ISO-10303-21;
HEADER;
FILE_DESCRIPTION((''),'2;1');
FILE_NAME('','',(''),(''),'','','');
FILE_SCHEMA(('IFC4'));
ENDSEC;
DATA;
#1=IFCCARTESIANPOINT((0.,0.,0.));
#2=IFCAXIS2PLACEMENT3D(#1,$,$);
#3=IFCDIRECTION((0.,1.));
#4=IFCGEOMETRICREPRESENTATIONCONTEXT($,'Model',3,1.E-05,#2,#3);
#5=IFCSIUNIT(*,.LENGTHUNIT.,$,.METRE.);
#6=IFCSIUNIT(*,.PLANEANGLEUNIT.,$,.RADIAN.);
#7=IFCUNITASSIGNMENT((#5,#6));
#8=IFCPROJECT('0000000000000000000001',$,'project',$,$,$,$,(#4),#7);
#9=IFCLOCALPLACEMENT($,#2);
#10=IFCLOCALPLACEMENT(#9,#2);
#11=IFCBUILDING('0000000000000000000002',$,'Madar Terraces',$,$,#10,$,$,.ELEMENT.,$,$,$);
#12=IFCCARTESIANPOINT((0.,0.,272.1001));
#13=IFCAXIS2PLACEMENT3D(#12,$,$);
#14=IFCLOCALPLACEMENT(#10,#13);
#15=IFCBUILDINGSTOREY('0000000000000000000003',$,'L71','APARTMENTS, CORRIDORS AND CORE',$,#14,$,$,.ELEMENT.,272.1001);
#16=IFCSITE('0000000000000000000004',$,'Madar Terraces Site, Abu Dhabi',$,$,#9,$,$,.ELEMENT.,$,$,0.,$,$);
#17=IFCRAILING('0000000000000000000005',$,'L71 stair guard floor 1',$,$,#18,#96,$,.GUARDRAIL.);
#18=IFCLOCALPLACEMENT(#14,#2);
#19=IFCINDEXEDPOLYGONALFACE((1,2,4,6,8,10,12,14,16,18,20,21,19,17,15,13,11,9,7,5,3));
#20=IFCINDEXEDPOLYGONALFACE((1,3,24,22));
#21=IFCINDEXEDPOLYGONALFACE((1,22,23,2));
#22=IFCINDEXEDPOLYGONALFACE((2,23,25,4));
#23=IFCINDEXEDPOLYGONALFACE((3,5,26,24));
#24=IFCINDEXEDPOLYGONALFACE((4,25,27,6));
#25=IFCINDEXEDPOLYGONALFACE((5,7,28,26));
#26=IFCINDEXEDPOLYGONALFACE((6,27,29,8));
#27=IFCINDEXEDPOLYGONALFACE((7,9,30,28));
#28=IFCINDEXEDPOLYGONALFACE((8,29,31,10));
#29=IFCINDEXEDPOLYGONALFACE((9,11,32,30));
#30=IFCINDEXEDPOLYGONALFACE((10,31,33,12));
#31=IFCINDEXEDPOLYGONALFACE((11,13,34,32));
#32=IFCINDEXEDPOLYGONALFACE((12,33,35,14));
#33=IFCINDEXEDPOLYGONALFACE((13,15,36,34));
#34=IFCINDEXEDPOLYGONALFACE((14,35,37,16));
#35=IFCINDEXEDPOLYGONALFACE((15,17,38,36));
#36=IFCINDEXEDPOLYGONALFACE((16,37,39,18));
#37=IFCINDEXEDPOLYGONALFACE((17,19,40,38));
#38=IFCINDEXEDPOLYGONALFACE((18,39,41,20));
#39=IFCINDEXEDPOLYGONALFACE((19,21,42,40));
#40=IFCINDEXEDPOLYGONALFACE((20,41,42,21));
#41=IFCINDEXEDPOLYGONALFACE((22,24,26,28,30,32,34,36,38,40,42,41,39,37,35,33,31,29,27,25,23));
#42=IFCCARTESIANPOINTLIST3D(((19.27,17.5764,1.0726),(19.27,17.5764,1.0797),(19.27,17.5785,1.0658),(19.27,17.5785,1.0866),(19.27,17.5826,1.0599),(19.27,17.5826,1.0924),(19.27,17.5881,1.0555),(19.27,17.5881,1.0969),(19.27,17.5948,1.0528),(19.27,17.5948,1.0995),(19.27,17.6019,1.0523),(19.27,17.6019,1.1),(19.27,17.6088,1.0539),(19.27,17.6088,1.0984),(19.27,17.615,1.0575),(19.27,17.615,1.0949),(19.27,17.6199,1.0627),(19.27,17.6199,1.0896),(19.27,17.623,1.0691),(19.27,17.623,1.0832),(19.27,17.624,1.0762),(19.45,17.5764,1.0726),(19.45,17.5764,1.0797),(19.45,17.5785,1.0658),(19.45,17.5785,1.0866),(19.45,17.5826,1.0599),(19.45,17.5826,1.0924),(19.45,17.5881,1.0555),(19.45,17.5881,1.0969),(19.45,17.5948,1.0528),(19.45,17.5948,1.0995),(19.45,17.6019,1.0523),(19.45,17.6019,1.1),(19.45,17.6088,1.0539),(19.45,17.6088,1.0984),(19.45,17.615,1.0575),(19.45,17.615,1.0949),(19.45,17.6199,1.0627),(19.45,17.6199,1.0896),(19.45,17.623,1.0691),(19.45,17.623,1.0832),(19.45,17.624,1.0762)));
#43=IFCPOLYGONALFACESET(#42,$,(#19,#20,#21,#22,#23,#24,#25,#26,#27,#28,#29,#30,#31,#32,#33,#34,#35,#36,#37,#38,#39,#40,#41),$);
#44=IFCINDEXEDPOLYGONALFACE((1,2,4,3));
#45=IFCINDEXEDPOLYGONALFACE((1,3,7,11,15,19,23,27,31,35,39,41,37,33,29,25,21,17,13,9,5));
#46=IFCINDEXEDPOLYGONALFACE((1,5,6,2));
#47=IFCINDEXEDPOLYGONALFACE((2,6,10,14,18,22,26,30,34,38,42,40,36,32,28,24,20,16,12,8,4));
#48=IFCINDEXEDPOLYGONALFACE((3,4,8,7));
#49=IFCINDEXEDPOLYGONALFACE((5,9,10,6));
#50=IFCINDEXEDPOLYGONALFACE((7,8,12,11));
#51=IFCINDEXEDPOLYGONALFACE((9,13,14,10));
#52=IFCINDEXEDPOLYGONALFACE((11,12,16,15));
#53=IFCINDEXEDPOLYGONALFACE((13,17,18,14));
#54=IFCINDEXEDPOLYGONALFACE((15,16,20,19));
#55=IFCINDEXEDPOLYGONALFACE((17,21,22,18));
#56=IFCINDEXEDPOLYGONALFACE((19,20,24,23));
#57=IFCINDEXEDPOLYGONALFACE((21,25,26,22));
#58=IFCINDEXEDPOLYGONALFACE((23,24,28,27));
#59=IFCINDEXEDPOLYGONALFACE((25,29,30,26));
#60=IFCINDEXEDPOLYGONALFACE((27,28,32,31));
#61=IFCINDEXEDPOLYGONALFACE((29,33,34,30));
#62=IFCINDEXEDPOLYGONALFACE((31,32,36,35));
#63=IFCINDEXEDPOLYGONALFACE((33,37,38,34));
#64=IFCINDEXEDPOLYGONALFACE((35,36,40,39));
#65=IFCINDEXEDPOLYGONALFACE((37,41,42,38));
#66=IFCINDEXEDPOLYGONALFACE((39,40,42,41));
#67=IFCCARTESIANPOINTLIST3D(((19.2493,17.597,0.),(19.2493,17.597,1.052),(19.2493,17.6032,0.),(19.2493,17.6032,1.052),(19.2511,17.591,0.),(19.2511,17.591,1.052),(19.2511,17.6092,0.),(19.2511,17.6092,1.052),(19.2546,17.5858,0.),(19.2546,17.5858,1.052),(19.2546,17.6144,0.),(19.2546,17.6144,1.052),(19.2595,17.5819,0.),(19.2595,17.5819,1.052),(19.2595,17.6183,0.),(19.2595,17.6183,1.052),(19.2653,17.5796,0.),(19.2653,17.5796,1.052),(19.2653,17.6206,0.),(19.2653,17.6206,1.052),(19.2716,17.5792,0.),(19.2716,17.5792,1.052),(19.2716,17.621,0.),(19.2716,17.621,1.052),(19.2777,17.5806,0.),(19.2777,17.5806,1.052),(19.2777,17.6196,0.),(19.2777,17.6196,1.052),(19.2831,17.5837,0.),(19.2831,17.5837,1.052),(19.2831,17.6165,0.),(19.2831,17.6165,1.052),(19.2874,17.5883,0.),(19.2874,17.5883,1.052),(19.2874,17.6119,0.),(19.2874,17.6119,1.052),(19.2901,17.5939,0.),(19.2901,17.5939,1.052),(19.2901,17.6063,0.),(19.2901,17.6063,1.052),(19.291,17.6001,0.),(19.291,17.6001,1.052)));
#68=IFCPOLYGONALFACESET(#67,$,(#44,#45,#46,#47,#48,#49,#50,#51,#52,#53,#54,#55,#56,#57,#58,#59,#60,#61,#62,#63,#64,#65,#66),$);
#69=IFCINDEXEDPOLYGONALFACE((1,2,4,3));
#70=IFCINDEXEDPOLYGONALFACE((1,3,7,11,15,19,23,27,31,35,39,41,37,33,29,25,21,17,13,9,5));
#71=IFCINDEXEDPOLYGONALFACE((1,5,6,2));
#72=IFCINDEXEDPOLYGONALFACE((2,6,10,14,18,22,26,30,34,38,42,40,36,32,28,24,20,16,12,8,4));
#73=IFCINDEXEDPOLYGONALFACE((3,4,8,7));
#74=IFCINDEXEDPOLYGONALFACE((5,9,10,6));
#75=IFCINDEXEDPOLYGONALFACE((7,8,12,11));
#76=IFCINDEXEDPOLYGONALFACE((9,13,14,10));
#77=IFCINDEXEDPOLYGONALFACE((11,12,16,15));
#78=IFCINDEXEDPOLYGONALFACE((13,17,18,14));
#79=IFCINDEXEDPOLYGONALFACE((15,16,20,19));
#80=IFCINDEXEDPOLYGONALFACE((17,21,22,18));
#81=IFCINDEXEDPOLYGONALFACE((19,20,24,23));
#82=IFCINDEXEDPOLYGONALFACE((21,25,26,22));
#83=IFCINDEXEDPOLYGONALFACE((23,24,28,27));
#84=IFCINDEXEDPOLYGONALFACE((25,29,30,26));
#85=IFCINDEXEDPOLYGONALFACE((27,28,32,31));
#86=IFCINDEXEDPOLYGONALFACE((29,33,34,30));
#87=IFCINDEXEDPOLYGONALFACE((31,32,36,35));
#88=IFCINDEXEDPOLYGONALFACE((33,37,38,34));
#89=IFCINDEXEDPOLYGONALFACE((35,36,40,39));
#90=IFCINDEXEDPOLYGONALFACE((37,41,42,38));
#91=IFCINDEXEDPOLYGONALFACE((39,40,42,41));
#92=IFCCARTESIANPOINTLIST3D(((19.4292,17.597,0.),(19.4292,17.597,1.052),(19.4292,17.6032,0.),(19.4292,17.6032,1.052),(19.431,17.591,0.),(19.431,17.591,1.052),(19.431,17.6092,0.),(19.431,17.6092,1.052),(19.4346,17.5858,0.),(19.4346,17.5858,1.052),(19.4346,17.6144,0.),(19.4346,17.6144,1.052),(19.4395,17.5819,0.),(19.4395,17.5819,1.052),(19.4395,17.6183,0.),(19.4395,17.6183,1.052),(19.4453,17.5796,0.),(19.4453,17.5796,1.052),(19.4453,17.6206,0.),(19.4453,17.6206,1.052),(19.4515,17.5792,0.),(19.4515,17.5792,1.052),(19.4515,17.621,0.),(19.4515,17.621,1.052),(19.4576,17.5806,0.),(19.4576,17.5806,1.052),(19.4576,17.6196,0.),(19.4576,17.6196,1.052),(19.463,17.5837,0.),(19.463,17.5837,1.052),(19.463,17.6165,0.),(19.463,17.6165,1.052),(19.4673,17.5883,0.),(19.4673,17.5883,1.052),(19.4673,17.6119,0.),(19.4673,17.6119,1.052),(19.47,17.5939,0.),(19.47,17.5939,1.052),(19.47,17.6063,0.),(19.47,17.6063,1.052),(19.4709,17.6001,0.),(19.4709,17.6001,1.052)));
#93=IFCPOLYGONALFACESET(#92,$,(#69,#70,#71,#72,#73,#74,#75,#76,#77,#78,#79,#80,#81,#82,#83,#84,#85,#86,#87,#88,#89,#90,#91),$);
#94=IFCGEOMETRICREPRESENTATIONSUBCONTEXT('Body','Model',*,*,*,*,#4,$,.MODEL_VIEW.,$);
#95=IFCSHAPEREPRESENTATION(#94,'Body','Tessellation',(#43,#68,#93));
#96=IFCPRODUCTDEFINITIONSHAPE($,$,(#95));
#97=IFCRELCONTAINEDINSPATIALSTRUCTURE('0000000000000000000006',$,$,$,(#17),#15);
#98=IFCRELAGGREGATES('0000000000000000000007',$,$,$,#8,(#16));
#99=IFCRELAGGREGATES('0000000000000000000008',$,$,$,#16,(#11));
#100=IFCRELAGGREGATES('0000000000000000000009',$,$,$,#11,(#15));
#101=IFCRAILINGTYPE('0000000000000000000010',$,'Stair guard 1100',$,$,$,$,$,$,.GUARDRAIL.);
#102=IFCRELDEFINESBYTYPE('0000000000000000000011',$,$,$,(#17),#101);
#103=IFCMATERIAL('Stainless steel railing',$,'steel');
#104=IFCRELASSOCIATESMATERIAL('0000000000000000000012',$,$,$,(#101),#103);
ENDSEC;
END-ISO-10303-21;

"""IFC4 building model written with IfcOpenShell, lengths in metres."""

from ifc_helpers import new_model, si_unit, direction, frame, origin, origin_2d, place, context, subcontext, project, spatial, circle, extrude, material, type_object, element, save


model = new_model("IFC4")

# Units and contexts
model_context = context("Model", 3, precision=1e-05, world=origin(), true_north=direction((0.0, 1.0)))
body_context = subcontext(model_context, "Body", "Model", "MODEL_VIEW")
ifc_project = project(units=[si_unit("LENGTHUNIT", "METRE"), si_unit("PLANEANGLEUNIT", "RADIAN")], contexts=[model_context])

# Site, building, storey
site_placement = place(None, origin())
site = spatial("IfcSite", under=ifc_project, at=site_placement, Name="Madar Terraces Site, Abu Dhabi", CompositionType="ELEMENT", RefElevation=0.0)
building_placement = place(site_placement, origin())
building = spatial("IfcBuilding", under=site, at=building_placement, Name="Madar Terraces", CompositionType="ELEMENT")
storey_placement = place(building_placement, frame((0.0, 0.0, 272.1001)))
storey = spatial("IfcBuildingStorey", under=building, at=storey_placement, Name="L71", Description="APARTMENTS, CORRIDORS AND CORE", CompositionType="ELEMENT", Elevation=272.1001)

# Railing
ifc_material_1 = material(Name="Stainless steel railing", Category="steel")
railing_type_1 = type_object("IfcRailingType", Name="Stair guard 1100", PredefinedType="GUARDRAIL", material=ifc_material_1)
for number, where, name in (
    (1, (19.27, 17.6001, 0.0), "L71 stair guard floor 1"),
):
    element("IfcRailing", number, at=place(storey_placement, frame(where)), inside=storey, type_object=railing_type_1, Name=name, PredefinedType="GUARDRAIL", context=body_context, shape_type="SweptSolid", body=[
        extrude(circle(Radius=0.0239, at=origin_2d()), frame((0.0, 0.0, 1.0762), z_axis=(1.0, 0.0, 0.0), x_axis=(0.0, 1.0, 0.0)), (0.0, 0.0, 1.0), 0.1799),
        extrude(circle(Radius=0.021, at=origin_2d()), origin(), (0.0, 0.0, 1.0), 1.052),
        extrude(circle(Radius=0.021, at=origin_2d()), frame((0.1799, 0.0, 0.0)), (0.0, 0.0, 1.0), 1.052),
    ])

save(model, "model.ifc")
